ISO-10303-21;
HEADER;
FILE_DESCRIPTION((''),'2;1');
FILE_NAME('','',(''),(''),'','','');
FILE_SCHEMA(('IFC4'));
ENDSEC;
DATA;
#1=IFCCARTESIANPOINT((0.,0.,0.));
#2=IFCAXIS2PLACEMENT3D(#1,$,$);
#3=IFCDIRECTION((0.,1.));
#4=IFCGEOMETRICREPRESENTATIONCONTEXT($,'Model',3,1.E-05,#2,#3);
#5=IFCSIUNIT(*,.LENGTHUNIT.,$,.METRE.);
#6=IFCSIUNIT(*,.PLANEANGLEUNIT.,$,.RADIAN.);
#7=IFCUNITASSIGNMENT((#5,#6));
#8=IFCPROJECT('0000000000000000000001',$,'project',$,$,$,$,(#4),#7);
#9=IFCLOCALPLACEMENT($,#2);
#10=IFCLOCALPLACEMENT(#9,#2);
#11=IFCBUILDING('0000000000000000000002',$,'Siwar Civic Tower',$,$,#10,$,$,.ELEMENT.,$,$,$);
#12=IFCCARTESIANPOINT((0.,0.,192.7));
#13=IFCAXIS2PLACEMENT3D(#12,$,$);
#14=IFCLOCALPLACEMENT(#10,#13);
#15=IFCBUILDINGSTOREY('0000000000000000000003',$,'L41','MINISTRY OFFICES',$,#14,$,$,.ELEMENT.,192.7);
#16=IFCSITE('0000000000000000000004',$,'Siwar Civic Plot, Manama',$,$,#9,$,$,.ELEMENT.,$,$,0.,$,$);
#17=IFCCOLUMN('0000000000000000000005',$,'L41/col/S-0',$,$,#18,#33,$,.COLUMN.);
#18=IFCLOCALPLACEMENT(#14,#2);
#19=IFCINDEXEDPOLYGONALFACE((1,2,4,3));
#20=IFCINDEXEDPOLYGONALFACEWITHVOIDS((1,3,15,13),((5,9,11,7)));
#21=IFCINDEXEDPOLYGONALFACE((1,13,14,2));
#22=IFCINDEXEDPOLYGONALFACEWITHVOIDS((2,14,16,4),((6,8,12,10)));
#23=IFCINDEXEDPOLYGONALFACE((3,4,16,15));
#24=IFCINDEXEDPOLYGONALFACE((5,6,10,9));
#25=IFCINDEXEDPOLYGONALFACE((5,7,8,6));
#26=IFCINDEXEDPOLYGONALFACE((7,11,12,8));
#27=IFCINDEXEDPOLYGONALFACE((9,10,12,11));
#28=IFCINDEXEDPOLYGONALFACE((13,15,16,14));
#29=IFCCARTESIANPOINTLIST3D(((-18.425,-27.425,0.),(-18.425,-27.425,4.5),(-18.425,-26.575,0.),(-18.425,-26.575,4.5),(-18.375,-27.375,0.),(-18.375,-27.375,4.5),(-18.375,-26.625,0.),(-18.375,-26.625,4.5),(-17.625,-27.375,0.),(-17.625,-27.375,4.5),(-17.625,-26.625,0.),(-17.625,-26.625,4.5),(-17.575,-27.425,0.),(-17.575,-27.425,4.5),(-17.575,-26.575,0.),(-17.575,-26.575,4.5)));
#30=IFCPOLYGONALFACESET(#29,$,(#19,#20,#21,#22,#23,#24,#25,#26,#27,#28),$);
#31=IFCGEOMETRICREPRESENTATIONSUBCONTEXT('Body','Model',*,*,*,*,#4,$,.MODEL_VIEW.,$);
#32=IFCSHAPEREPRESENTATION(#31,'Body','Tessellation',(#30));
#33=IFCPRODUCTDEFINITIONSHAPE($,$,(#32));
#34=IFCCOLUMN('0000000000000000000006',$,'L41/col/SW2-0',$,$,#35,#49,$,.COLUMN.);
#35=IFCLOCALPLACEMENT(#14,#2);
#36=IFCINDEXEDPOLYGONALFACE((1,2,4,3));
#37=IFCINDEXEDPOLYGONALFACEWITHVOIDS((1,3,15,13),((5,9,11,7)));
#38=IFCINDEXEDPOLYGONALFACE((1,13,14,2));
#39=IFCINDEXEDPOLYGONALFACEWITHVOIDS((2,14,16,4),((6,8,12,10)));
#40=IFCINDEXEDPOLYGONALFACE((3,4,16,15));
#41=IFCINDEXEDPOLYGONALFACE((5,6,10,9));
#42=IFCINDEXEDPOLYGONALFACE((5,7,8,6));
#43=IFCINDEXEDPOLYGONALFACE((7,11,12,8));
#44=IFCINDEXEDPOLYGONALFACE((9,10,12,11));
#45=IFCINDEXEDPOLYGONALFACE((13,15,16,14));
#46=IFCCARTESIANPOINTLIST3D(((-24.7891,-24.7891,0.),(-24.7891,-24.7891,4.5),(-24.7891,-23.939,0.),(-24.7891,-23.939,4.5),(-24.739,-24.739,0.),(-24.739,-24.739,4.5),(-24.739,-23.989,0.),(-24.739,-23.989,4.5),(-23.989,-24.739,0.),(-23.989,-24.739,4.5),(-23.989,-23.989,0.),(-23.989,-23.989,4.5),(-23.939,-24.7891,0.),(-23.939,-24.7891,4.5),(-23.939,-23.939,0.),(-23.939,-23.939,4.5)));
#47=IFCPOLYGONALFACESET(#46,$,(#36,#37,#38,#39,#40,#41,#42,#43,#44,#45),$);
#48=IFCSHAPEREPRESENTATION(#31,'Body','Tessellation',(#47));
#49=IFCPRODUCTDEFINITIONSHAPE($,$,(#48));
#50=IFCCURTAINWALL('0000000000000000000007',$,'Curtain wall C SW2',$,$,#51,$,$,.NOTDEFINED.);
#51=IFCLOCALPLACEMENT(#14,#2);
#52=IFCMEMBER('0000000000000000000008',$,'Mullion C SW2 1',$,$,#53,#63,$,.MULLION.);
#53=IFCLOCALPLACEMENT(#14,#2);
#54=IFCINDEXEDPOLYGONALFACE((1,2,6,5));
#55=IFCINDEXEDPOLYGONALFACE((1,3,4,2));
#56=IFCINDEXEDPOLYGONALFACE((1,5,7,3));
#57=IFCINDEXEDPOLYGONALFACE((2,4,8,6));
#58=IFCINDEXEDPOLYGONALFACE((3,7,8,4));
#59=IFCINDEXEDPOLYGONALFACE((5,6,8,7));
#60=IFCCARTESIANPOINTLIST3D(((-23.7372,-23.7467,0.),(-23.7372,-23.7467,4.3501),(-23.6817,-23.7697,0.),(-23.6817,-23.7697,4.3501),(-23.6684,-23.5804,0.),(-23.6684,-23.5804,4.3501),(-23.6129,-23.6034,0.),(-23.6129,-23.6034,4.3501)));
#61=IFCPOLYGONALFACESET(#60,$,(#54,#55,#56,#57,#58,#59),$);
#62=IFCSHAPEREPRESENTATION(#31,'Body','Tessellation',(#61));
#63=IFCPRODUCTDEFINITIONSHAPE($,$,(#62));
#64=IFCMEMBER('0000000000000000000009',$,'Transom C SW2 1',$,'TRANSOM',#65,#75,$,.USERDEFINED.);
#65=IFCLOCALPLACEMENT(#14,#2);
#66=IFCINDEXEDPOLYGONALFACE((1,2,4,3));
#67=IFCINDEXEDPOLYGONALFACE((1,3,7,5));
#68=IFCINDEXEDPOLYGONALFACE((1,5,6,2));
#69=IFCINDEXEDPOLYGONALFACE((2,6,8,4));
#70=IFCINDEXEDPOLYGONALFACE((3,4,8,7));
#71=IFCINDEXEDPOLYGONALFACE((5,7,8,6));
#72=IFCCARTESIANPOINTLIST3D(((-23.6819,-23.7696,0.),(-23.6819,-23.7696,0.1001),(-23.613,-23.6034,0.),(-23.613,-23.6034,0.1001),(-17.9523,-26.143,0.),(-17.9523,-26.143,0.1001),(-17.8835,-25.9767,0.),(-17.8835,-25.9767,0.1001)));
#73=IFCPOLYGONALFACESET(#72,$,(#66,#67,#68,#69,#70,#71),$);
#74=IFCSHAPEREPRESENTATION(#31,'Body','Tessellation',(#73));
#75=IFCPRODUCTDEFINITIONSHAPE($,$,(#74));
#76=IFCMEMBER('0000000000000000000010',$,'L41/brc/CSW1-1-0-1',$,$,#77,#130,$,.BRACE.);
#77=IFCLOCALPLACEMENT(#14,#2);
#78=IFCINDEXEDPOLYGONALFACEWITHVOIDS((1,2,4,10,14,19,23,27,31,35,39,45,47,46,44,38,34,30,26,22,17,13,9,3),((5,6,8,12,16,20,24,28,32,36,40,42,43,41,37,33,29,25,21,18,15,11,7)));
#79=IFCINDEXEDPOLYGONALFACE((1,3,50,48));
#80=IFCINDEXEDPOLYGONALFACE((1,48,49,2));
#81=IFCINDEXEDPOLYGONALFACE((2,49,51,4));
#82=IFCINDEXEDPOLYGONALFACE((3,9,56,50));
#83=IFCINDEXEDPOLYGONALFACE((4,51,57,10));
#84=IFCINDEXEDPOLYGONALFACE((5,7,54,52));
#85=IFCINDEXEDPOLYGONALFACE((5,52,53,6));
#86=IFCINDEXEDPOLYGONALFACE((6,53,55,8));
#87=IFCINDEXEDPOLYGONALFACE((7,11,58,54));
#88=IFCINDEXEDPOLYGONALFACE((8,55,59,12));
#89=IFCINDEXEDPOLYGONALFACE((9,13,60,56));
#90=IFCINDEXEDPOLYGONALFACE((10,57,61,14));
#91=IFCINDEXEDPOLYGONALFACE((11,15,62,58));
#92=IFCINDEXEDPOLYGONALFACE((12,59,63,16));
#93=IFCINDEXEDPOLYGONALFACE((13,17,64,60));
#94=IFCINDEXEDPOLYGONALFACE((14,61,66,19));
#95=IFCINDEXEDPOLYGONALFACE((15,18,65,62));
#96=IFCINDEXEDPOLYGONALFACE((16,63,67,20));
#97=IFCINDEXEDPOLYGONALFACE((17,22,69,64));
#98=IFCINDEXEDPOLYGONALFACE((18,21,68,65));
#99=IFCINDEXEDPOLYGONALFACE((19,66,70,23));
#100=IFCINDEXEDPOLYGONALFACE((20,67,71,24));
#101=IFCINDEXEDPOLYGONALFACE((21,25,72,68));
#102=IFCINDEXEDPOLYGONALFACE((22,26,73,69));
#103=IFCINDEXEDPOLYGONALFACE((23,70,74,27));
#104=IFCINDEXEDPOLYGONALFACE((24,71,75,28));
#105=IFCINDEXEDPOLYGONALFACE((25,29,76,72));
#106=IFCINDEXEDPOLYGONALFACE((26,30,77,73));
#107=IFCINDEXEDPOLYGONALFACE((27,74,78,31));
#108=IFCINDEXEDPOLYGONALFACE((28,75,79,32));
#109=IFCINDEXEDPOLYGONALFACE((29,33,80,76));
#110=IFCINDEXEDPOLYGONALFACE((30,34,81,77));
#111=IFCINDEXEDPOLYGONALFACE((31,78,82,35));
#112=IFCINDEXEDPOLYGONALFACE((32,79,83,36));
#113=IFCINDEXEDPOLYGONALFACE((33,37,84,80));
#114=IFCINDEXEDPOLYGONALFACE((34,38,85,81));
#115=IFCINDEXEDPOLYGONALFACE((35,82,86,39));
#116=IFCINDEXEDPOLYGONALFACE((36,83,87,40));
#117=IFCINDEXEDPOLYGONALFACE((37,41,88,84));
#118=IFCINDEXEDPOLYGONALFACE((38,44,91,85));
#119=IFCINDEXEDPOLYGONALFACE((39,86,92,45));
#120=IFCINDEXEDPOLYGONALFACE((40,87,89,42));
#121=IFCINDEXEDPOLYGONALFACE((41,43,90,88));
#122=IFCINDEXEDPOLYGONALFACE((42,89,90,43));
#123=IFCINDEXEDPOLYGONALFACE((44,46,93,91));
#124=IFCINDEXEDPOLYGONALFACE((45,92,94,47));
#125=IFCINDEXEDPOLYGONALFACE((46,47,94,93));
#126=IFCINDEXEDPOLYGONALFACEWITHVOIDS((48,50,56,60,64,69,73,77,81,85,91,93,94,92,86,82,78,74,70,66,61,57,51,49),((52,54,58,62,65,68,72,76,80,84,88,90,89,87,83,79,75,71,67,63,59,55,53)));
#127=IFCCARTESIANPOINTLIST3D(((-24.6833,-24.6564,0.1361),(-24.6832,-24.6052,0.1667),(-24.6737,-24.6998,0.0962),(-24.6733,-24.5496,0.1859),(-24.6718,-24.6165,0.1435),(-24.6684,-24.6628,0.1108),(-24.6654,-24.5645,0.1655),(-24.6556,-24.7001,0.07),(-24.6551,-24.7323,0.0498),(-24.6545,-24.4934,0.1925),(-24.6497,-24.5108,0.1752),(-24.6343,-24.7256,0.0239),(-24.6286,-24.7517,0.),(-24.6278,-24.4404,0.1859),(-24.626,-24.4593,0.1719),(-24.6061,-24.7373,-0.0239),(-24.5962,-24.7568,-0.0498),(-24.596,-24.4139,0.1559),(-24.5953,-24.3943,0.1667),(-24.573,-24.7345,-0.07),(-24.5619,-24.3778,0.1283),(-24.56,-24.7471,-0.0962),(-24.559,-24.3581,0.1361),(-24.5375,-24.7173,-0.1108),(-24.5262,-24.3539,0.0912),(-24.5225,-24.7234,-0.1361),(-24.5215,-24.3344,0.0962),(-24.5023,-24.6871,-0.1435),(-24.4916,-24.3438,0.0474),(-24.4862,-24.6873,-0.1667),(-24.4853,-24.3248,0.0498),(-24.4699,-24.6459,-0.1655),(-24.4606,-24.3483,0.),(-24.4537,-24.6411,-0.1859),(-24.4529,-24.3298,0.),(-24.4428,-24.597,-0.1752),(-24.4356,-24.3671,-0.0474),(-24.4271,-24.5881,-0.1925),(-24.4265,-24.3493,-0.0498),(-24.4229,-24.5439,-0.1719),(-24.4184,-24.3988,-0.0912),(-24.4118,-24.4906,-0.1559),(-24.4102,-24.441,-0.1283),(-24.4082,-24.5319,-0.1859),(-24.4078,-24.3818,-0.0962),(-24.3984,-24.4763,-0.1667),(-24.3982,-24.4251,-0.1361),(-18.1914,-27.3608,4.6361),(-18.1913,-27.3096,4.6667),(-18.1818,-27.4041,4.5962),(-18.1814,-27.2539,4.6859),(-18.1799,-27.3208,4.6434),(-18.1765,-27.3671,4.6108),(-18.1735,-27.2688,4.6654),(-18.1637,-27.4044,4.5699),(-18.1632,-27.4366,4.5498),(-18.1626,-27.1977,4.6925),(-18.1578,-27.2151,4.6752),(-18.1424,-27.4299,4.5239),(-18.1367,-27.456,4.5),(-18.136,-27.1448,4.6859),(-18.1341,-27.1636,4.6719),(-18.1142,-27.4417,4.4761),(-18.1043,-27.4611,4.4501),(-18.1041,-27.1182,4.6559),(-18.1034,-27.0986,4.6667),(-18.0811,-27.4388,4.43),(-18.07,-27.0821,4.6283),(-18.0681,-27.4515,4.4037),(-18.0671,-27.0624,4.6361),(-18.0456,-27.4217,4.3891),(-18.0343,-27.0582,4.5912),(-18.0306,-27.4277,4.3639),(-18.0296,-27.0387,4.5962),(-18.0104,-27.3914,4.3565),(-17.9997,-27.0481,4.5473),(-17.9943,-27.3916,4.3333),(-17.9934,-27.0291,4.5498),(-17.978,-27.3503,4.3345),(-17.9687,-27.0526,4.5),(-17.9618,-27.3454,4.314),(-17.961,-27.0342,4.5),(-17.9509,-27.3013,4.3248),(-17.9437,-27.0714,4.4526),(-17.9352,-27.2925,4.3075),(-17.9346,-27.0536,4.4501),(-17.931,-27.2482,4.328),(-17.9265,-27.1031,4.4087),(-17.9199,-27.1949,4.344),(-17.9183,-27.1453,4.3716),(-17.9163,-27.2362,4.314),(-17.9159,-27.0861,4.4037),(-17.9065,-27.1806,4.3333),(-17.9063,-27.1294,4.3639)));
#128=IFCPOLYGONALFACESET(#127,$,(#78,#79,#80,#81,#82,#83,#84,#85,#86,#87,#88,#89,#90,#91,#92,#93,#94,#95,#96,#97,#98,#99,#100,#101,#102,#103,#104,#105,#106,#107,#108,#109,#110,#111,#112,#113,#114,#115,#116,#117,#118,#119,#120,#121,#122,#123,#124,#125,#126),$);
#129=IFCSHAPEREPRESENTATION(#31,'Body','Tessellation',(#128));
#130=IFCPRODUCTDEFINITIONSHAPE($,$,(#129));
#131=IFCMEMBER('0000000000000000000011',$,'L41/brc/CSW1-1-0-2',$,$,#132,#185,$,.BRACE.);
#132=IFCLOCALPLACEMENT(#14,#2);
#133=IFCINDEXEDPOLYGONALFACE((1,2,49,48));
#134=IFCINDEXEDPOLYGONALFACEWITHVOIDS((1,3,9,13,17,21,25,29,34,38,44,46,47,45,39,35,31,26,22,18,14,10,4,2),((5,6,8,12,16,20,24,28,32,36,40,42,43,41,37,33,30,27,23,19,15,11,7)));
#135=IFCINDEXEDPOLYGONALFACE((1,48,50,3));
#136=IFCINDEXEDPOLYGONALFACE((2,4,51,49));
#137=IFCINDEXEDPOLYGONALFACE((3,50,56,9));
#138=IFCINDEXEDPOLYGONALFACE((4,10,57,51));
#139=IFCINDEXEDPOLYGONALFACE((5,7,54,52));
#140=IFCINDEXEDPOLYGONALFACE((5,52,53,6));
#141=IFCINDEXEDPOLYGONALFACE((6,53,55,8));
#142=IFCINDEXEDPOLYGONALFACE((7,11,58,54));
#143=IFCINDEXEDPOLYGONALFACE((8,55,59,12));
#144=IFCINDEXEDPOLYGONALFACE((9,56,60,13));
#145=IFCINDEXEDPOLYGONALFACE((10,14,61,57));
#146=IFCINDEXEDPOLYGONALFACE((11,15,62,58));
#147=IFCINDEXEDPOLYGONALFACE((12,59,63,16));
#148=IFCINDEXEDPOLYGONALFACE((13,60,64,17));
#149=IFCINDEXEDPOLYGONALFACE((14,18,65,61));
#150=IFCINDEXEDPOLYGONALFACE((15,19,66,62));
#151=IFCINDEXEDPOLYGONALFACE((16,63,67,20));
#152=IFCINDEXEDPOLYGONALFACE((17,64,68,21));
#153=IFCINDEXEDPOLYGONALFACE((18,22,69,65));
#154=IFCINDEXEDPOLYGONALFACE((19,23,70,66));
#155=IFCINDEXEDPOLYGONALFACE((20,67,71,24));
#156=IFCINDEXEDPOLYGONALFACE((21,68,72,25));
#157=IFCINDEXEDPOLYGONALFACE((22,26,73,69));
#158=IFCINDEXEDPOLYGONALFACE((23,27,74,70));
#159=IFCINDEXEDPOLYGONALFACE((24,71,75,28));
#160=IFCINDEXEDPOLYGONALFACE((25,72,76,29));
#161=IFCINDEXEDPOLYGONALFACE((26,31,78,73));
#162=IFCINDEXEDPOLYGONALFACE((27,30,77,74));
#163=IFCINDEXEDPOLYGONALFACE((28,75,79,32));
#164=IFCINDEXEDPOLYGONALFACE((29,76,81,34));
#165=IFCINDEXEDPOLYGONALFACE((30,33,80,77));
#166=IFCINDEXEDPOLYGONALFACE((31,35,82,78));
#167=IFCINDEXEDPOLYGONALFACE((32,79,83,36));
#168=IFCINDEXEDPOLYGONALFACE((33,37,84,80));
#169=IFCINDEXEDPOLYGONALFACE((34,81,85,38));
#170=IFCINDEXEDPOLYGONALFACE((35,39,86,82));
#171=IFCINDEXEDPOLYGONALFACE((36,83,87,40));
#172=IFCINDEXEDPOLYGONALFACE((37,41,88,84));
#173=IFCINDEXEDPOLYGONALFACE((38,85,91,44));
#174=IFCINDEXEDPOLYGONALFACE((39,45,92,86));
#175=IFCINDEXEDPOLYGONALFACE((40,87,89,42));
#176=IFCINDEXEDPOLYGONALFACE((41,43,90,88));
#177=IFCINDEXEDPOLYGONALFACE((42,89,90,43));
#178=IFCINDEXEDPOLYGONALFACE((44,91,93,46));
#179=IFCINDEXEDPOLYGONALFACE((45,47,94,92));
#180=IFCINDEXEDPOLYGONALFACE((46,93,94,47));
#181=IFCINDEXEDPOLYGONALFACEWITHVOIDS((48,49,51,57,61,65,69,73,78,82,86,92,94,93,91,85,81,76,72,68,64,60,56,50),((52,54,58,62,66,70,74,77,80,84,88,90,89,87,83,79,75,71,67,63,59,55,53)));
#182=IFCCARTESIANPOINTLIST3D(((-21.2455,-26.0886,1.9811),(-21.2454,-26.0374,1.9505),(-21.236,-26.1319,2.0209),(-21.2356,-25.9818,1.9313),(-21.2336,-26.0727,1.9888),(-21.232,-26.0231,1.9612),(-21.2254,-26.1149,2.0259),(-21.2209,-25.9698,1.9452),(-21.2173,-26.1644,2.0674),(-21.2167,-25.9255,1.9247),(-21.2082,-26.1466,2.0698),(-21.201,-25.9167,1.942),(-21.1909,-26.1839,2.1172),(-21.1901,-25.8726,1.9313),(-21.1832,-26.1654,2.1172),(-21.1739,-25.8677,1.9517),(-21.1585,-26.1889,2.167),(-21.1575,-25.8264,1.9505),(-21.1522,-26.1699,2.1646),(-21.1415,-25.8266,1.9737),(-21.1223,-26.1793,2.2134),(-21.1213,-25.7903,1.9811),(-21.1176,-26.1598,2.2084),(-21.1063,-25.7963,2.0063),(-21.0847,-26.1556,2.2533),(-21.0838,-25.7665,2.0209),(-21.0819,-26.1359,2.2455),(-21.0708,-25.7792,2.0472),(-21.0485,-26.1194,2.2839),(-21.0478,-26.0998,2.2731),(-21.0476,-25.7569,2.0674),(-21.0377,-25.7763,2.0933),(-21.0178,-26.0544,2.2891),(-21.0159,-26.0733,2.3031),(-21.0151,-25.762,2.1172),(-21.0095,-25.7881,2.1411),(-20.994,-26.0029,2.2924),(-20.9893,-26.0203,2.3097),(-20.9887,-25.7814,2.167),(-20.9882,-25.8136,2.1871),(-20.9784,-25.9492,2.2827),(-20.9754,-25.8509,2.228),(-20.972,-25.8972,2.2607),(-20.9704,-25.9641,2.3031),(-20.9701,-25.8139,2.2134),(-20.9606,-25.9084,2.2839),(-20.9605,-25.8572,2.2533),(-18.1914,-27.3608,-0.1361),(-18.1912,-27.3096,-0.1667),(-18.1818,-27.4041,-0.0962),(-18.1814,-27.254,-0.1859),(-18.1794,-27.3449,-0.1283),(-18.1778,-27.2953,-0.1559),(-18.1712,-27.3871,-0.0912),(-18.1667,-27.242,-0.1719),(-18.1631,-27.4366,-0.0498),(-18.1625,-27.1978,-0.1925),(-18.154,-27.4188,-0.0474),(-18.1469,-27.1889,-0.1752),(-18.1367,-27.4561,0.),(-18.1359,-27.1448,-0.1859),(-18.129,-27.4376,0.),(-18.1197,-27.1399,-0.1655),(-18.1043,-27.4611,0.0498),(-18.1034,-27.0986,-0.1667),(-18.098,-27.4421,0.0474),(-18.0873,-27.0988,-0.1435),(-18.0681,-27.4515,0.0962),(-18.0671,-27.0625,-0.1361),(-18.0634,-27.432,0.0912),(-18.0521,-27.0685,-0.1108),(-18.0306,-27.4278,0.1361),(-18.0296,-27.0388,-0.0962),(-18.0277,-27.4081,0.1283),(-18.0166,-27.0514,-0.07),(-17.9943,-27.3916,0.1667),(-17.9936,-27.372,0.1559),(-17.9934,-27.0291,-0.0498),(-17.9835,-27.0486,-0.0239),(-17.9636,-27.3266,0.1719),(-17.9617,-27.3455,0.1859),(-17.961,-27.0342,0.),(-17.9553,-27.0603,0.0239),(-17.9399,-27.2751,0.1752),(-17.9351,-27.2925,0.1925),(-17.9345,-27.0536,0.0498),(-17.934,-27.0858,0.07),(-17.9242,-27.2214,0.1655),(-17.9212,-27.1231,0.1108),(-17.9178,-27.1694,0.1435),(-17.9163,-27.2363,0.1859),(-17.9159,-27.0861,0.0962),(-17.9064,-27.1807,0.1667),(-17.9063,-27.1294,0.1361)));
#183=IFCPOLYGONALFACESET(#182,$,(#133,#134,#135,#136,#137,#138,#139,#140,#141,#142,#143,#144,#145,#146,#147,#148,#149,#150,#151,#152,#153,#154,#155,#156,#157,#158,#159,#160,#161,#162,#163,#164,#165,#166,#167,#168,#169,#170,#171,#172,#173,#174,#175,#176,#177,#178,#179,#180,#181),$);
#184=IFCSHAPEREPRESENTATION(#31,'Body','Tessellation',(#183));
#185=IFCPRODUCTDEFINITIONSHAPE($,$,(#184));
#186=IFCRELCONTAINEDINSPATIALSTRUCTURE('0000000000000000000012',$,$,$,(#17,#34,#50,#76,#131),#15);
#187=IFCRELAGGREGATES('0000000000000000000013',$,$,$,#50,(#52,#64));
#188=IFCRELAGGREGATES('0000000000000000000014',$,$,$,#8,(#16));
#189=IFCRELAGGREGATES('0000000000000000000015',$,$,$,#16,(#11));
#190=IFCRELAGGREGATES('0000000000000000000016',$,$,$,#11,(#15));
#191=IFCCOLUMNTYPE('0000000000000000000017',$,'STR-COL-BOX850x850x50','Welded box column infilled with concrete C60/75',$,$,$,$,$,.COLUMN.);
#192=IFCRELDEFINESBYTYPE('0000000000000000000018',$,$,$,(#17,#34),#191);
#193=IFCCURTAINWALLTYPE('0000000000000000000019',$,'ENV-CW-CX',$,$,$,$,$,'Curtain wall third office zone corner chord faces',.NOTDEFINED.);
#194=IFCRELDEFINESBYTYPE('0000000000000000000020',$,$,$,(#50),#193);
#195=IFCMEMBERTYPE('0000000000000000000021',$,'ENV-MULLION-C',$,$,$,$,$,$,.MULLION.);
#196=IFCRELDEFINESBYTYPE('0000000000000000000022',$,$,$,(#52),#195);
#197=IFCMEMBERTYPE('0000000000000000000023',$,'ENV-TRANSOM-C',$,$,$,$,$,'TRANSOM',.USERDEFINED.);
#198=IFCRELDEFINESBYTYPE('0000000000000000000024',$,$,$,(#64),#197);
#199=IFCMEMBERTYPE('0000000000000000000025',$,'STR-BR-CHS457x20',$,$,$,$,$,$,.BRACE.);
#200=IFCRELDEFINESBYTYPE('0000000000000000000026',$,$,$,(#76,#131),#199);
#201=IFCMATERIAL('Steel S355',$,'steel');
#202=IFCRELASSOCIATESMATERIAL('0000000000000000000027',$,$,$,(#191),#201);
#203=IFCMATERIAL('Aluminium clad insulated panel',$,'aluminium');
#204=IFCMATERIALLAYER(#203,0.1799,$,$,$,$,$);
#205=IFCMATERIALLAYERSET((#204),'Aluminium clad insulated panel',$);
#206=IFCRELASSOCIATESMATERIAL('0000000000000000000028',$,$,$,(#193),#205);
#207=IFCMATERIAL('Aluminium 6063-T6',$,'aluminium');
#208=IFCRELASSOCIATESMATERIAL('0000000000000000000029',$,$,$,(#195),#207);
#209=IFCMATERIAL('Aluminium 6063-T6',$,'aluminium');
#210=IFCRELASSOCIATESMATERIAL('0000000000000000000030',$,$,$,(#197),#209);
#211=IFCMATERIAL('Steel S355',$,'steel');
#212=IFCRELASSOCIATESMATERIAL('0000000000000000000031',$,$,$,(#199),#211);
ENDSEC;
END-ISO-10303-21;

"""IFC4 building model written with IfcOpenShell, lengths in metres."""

from ifc_helpers import new_model, si_unit, direction, frame, origin, origin_2d, place, context, subcontext, project, spatial, rectangle, hollow_rectangle, hollow_circle, extrude, material, layer, layer_set, material_profile, profile_set, type_object, element, aggregate, save


model = new_model("IFC4")

# Units and contexts
model_context = context("Model", 3, precision=1e-05, world=origin(), true_north=direction((0.0, 1.0)))
body_context = subcontext(model_context, "Body", "Model", "MODEL_VIEW")
ifc_project = project(units=[si_unit("LENGTHUNIT", "METRE"), si_unit("PLANEANGLEUNIT", "RADIAN")], contexts=[model_context])

# Site, building, storey
site_placement = place(None, origin())
site = spatial("IfcSite", under=ifc_project, at=site_placement, Name="Siwar Civic Plot, Manama", CompositionType="ELEMENT", RefElevation=0.0)
building_placement = place(site_placement, origin())
building = spatial("IfcBuilding", under=site, at=building_placement, Name="Siwar Civic Tower", CompositionType="ELEMENT")
storey_placement = place(building_placement, frame((0.0, 0.0, 192.7)))
storey = spatial("IfcBuildingStorey", under=building, at=storey_placement, Name="L41", Description="MINISTRY OFFICES", CompositionType="ELEMENT", Elevation=192.7)

# Columns
ifc_material_1 = material(Name="Steel S355", Category="steel")
ifc_material_profile_1 = material_profile(ifc_material_1, hollow_rectangle(XDim=0.8501, YDim=0.8501, WallThickness=0.05, at=origin_2d()), Name="BOX850x850x50")
ifc_profile_set_1 = profile_set([ifc_material_profile_1], Name="Steel S355")
column_type = type_object("IfcColumnType", Name="STR-COL-BOX850x850x50", Description="Welded box column infilled with concrete C60/75", PredefinedType="COLUMN", material=ifc_profile_set_1)
for number, where, z_axis, x_axis, name in (
    (1, (-18.0, -27.0, 0.0), (0.0, 0.0, 1.0), (1.0, 0.0, 0.0), "L41/col/S-0"),
    (2, (-24.364, -24.364, 0.0), (0.0, 0.0, 1.0), (1.0, 0.0, 0.0), "L41/col/SW2-0"),
):
    element("IfcColumn", number, at=place(storey_placement, frame(where, z_axis=z_axis, x_axis=x_axis)), inside=storey, type_object=column_type, Name=name, PredefinedType="COLUMN", context=body_context, shape_type="SweptSolid", body=[
        extrude(hollow_rectangle(XDim=0.8501, YDim=0.8501, WallThickness=0.05, at=origin_2d()), origin(), (0.0, 0.0, 1.0), 4.5),
    ])

# Curtain wall, members
ifc_material_2 = material(Name="Aluminium clad insulated panel", Category="aluminium")
ifc_layer_1 = layer(ifc_material_2, 0.1799)
ifc_layer_set_1 = layer_set([ifc_layer_1], Name="Aluminium clad insulated panel")
curtain_wall_type = type_object("IfcCurtainWallType", Name="ENV-CW-CX", ElementType="Curtain wall third office zone corner chord faces", PredefinedType="NOTDEFINED", material=ifc_layer_set_1)
curtain_wall_1_placement = place(storey_placement, origin())
curtain_wall_1 = element("IfcCurtainWall", 3, at=curtain_wall_1_placement, inside=storey, type_object=curtain_wall_type, Name="Curtain wall C SW2", PredefinedType="NOTDEFINED")
ifc_material_3 = material(Name="Aluminium 6063-T6", Category="aluminium")
ifc_material_profile_2 = material_profile(ifc_material_3, rectangle(XDim=0.1799, YDim=0.0601, at=origin_2d()), Name="AL 180x60")
ifc_profile_set_2 = profile_set([ifc_material_profile_2], Name="Aluminium 6063-T6")
member_type_1 = type_object("IfcMemberType", Name="ENV-MULLION-C", PredefinedType="MULLION", material=ifc_profile_set_2)
member_1_placement = place(storey_placement, frame((-23.675, -23.675, 0.0), z_axis=(0.0, 0.0, 1.0), x_axis=(0.382683, 0.92388, 0.0)))
member_1 = element("IfcMember", 4, at=member_1_placement, type_object=member_type_1, Name="Mullion C SW2 1", PredefinedType="MULLION", context=body_context, shape_type="SweptSolid", body=[
    extrude(rectangle(XDim=0.1799, YDim=0.0601, at=origin_2d()), origin(), (0.0, 0.0, 1.0), 4.3501),
])
ifc_material_4 = material(Name="Aluminium 6063-T6", Category="aluminium")
ifc_material_profile_3 = material_profile(ifc_material_4, rectangle(XDim=0.1799, YDim=0.1001, at=origin_2d()), Name="AL 180x100")
ifc_profile_set_3 = profile_set([ifc_material_profile_3], Name="Aluminium 6063-T6")
member_type_2 = type_object("IfcMemberType", Name="ENV-TRANSOM-C", ElementType="TRANSOM", PredefinedType="USERDEFINED", material=ifc_profile_set_3)
member_2_placement = place(storey_placement, frame((-23.6475, -23.6865, 0.05), z_axis=(0.923876, -0.382691, 0.0), x_axis=(0.382691, 0.923876, 0.0)))
member_2 = element("IfcMember", 5, at=member_2_placement, type_object=member_type_2, Name="Transom C SW2 1", ObjectType="TRANSOM", PredefinedType="USERDEFINED", context=body_context, shape_type="SweptSolid", body=[
    extrude(rectangle(XDim=0.1799, YDim=0.1001, at=origin_2d()), origin(), (0.0, 0.0, 1.0), 6.2017),
])

# Members
ifc_material_5 = material(Name="Steel S355", Category="steel")
ifc_material_profile_4 = material_profile(ifc_material_5, hollow_circle(Radius=0.2285, WallThickness=0.02, at=origin_2d()), Name="CHS457x20")
ifc_profile_set_4 = profile_set([ifc_material_profile_4], Name="Steel S355")
member_type_3 = type_object("IfcMemberType", Name="STR-BR-CHS457x20", PredefinedType="BRACE", material=ifc_profile_set_4)
member_3_placement = place(storey_placement, frame((-24.5408, -24.5408, 0.0), z_axis=(0.777555, -0.323906, 0.538975), x_axis=(0.384539, 0.923109, 0.0)))
element("IfcMember", 6, at=member_3_placement, inside=storey, type_object=member_type_3, Name="L41/brc/CSW1-1-0-1", PredefinedType="BRACE", context=body_context, shape_type="SweptSolid", body=[
    extrude(hollow_circle(Radius=0.2285, WallThickness=0.02, at=origin_2d()), origin(), (0.0, 0.0, 1.0), 8.3491),
])
for number, where, z_axis, x_axis, name in (
    (7, (-18.0488, -27.2451, 0.0), (-0.777546, 0.323884, 0.538999), (-0.384521, -0.923116, 0.0), "L41/brc/CSW1-1-0-2"),
):
    element("IfcMember", number, at=place(storey_placement, frame(where, z_axis=z_axis, x_axis=x_axis)), inside=storey, type_object=member_type_3, Name=name, PredefinedType="BRACE", context=body_context, shape_type="SweptSolid", body=[
        extrude(hollow_circle(Radius=0.2285, WallThickness=0.02, at=origin_2d()), origin(), (0.0, 0.0, 1.0), 3.928),
    ])

aggregate(curtain_wall_1, [member_1, member_2])

save(model, "model.ifc")
